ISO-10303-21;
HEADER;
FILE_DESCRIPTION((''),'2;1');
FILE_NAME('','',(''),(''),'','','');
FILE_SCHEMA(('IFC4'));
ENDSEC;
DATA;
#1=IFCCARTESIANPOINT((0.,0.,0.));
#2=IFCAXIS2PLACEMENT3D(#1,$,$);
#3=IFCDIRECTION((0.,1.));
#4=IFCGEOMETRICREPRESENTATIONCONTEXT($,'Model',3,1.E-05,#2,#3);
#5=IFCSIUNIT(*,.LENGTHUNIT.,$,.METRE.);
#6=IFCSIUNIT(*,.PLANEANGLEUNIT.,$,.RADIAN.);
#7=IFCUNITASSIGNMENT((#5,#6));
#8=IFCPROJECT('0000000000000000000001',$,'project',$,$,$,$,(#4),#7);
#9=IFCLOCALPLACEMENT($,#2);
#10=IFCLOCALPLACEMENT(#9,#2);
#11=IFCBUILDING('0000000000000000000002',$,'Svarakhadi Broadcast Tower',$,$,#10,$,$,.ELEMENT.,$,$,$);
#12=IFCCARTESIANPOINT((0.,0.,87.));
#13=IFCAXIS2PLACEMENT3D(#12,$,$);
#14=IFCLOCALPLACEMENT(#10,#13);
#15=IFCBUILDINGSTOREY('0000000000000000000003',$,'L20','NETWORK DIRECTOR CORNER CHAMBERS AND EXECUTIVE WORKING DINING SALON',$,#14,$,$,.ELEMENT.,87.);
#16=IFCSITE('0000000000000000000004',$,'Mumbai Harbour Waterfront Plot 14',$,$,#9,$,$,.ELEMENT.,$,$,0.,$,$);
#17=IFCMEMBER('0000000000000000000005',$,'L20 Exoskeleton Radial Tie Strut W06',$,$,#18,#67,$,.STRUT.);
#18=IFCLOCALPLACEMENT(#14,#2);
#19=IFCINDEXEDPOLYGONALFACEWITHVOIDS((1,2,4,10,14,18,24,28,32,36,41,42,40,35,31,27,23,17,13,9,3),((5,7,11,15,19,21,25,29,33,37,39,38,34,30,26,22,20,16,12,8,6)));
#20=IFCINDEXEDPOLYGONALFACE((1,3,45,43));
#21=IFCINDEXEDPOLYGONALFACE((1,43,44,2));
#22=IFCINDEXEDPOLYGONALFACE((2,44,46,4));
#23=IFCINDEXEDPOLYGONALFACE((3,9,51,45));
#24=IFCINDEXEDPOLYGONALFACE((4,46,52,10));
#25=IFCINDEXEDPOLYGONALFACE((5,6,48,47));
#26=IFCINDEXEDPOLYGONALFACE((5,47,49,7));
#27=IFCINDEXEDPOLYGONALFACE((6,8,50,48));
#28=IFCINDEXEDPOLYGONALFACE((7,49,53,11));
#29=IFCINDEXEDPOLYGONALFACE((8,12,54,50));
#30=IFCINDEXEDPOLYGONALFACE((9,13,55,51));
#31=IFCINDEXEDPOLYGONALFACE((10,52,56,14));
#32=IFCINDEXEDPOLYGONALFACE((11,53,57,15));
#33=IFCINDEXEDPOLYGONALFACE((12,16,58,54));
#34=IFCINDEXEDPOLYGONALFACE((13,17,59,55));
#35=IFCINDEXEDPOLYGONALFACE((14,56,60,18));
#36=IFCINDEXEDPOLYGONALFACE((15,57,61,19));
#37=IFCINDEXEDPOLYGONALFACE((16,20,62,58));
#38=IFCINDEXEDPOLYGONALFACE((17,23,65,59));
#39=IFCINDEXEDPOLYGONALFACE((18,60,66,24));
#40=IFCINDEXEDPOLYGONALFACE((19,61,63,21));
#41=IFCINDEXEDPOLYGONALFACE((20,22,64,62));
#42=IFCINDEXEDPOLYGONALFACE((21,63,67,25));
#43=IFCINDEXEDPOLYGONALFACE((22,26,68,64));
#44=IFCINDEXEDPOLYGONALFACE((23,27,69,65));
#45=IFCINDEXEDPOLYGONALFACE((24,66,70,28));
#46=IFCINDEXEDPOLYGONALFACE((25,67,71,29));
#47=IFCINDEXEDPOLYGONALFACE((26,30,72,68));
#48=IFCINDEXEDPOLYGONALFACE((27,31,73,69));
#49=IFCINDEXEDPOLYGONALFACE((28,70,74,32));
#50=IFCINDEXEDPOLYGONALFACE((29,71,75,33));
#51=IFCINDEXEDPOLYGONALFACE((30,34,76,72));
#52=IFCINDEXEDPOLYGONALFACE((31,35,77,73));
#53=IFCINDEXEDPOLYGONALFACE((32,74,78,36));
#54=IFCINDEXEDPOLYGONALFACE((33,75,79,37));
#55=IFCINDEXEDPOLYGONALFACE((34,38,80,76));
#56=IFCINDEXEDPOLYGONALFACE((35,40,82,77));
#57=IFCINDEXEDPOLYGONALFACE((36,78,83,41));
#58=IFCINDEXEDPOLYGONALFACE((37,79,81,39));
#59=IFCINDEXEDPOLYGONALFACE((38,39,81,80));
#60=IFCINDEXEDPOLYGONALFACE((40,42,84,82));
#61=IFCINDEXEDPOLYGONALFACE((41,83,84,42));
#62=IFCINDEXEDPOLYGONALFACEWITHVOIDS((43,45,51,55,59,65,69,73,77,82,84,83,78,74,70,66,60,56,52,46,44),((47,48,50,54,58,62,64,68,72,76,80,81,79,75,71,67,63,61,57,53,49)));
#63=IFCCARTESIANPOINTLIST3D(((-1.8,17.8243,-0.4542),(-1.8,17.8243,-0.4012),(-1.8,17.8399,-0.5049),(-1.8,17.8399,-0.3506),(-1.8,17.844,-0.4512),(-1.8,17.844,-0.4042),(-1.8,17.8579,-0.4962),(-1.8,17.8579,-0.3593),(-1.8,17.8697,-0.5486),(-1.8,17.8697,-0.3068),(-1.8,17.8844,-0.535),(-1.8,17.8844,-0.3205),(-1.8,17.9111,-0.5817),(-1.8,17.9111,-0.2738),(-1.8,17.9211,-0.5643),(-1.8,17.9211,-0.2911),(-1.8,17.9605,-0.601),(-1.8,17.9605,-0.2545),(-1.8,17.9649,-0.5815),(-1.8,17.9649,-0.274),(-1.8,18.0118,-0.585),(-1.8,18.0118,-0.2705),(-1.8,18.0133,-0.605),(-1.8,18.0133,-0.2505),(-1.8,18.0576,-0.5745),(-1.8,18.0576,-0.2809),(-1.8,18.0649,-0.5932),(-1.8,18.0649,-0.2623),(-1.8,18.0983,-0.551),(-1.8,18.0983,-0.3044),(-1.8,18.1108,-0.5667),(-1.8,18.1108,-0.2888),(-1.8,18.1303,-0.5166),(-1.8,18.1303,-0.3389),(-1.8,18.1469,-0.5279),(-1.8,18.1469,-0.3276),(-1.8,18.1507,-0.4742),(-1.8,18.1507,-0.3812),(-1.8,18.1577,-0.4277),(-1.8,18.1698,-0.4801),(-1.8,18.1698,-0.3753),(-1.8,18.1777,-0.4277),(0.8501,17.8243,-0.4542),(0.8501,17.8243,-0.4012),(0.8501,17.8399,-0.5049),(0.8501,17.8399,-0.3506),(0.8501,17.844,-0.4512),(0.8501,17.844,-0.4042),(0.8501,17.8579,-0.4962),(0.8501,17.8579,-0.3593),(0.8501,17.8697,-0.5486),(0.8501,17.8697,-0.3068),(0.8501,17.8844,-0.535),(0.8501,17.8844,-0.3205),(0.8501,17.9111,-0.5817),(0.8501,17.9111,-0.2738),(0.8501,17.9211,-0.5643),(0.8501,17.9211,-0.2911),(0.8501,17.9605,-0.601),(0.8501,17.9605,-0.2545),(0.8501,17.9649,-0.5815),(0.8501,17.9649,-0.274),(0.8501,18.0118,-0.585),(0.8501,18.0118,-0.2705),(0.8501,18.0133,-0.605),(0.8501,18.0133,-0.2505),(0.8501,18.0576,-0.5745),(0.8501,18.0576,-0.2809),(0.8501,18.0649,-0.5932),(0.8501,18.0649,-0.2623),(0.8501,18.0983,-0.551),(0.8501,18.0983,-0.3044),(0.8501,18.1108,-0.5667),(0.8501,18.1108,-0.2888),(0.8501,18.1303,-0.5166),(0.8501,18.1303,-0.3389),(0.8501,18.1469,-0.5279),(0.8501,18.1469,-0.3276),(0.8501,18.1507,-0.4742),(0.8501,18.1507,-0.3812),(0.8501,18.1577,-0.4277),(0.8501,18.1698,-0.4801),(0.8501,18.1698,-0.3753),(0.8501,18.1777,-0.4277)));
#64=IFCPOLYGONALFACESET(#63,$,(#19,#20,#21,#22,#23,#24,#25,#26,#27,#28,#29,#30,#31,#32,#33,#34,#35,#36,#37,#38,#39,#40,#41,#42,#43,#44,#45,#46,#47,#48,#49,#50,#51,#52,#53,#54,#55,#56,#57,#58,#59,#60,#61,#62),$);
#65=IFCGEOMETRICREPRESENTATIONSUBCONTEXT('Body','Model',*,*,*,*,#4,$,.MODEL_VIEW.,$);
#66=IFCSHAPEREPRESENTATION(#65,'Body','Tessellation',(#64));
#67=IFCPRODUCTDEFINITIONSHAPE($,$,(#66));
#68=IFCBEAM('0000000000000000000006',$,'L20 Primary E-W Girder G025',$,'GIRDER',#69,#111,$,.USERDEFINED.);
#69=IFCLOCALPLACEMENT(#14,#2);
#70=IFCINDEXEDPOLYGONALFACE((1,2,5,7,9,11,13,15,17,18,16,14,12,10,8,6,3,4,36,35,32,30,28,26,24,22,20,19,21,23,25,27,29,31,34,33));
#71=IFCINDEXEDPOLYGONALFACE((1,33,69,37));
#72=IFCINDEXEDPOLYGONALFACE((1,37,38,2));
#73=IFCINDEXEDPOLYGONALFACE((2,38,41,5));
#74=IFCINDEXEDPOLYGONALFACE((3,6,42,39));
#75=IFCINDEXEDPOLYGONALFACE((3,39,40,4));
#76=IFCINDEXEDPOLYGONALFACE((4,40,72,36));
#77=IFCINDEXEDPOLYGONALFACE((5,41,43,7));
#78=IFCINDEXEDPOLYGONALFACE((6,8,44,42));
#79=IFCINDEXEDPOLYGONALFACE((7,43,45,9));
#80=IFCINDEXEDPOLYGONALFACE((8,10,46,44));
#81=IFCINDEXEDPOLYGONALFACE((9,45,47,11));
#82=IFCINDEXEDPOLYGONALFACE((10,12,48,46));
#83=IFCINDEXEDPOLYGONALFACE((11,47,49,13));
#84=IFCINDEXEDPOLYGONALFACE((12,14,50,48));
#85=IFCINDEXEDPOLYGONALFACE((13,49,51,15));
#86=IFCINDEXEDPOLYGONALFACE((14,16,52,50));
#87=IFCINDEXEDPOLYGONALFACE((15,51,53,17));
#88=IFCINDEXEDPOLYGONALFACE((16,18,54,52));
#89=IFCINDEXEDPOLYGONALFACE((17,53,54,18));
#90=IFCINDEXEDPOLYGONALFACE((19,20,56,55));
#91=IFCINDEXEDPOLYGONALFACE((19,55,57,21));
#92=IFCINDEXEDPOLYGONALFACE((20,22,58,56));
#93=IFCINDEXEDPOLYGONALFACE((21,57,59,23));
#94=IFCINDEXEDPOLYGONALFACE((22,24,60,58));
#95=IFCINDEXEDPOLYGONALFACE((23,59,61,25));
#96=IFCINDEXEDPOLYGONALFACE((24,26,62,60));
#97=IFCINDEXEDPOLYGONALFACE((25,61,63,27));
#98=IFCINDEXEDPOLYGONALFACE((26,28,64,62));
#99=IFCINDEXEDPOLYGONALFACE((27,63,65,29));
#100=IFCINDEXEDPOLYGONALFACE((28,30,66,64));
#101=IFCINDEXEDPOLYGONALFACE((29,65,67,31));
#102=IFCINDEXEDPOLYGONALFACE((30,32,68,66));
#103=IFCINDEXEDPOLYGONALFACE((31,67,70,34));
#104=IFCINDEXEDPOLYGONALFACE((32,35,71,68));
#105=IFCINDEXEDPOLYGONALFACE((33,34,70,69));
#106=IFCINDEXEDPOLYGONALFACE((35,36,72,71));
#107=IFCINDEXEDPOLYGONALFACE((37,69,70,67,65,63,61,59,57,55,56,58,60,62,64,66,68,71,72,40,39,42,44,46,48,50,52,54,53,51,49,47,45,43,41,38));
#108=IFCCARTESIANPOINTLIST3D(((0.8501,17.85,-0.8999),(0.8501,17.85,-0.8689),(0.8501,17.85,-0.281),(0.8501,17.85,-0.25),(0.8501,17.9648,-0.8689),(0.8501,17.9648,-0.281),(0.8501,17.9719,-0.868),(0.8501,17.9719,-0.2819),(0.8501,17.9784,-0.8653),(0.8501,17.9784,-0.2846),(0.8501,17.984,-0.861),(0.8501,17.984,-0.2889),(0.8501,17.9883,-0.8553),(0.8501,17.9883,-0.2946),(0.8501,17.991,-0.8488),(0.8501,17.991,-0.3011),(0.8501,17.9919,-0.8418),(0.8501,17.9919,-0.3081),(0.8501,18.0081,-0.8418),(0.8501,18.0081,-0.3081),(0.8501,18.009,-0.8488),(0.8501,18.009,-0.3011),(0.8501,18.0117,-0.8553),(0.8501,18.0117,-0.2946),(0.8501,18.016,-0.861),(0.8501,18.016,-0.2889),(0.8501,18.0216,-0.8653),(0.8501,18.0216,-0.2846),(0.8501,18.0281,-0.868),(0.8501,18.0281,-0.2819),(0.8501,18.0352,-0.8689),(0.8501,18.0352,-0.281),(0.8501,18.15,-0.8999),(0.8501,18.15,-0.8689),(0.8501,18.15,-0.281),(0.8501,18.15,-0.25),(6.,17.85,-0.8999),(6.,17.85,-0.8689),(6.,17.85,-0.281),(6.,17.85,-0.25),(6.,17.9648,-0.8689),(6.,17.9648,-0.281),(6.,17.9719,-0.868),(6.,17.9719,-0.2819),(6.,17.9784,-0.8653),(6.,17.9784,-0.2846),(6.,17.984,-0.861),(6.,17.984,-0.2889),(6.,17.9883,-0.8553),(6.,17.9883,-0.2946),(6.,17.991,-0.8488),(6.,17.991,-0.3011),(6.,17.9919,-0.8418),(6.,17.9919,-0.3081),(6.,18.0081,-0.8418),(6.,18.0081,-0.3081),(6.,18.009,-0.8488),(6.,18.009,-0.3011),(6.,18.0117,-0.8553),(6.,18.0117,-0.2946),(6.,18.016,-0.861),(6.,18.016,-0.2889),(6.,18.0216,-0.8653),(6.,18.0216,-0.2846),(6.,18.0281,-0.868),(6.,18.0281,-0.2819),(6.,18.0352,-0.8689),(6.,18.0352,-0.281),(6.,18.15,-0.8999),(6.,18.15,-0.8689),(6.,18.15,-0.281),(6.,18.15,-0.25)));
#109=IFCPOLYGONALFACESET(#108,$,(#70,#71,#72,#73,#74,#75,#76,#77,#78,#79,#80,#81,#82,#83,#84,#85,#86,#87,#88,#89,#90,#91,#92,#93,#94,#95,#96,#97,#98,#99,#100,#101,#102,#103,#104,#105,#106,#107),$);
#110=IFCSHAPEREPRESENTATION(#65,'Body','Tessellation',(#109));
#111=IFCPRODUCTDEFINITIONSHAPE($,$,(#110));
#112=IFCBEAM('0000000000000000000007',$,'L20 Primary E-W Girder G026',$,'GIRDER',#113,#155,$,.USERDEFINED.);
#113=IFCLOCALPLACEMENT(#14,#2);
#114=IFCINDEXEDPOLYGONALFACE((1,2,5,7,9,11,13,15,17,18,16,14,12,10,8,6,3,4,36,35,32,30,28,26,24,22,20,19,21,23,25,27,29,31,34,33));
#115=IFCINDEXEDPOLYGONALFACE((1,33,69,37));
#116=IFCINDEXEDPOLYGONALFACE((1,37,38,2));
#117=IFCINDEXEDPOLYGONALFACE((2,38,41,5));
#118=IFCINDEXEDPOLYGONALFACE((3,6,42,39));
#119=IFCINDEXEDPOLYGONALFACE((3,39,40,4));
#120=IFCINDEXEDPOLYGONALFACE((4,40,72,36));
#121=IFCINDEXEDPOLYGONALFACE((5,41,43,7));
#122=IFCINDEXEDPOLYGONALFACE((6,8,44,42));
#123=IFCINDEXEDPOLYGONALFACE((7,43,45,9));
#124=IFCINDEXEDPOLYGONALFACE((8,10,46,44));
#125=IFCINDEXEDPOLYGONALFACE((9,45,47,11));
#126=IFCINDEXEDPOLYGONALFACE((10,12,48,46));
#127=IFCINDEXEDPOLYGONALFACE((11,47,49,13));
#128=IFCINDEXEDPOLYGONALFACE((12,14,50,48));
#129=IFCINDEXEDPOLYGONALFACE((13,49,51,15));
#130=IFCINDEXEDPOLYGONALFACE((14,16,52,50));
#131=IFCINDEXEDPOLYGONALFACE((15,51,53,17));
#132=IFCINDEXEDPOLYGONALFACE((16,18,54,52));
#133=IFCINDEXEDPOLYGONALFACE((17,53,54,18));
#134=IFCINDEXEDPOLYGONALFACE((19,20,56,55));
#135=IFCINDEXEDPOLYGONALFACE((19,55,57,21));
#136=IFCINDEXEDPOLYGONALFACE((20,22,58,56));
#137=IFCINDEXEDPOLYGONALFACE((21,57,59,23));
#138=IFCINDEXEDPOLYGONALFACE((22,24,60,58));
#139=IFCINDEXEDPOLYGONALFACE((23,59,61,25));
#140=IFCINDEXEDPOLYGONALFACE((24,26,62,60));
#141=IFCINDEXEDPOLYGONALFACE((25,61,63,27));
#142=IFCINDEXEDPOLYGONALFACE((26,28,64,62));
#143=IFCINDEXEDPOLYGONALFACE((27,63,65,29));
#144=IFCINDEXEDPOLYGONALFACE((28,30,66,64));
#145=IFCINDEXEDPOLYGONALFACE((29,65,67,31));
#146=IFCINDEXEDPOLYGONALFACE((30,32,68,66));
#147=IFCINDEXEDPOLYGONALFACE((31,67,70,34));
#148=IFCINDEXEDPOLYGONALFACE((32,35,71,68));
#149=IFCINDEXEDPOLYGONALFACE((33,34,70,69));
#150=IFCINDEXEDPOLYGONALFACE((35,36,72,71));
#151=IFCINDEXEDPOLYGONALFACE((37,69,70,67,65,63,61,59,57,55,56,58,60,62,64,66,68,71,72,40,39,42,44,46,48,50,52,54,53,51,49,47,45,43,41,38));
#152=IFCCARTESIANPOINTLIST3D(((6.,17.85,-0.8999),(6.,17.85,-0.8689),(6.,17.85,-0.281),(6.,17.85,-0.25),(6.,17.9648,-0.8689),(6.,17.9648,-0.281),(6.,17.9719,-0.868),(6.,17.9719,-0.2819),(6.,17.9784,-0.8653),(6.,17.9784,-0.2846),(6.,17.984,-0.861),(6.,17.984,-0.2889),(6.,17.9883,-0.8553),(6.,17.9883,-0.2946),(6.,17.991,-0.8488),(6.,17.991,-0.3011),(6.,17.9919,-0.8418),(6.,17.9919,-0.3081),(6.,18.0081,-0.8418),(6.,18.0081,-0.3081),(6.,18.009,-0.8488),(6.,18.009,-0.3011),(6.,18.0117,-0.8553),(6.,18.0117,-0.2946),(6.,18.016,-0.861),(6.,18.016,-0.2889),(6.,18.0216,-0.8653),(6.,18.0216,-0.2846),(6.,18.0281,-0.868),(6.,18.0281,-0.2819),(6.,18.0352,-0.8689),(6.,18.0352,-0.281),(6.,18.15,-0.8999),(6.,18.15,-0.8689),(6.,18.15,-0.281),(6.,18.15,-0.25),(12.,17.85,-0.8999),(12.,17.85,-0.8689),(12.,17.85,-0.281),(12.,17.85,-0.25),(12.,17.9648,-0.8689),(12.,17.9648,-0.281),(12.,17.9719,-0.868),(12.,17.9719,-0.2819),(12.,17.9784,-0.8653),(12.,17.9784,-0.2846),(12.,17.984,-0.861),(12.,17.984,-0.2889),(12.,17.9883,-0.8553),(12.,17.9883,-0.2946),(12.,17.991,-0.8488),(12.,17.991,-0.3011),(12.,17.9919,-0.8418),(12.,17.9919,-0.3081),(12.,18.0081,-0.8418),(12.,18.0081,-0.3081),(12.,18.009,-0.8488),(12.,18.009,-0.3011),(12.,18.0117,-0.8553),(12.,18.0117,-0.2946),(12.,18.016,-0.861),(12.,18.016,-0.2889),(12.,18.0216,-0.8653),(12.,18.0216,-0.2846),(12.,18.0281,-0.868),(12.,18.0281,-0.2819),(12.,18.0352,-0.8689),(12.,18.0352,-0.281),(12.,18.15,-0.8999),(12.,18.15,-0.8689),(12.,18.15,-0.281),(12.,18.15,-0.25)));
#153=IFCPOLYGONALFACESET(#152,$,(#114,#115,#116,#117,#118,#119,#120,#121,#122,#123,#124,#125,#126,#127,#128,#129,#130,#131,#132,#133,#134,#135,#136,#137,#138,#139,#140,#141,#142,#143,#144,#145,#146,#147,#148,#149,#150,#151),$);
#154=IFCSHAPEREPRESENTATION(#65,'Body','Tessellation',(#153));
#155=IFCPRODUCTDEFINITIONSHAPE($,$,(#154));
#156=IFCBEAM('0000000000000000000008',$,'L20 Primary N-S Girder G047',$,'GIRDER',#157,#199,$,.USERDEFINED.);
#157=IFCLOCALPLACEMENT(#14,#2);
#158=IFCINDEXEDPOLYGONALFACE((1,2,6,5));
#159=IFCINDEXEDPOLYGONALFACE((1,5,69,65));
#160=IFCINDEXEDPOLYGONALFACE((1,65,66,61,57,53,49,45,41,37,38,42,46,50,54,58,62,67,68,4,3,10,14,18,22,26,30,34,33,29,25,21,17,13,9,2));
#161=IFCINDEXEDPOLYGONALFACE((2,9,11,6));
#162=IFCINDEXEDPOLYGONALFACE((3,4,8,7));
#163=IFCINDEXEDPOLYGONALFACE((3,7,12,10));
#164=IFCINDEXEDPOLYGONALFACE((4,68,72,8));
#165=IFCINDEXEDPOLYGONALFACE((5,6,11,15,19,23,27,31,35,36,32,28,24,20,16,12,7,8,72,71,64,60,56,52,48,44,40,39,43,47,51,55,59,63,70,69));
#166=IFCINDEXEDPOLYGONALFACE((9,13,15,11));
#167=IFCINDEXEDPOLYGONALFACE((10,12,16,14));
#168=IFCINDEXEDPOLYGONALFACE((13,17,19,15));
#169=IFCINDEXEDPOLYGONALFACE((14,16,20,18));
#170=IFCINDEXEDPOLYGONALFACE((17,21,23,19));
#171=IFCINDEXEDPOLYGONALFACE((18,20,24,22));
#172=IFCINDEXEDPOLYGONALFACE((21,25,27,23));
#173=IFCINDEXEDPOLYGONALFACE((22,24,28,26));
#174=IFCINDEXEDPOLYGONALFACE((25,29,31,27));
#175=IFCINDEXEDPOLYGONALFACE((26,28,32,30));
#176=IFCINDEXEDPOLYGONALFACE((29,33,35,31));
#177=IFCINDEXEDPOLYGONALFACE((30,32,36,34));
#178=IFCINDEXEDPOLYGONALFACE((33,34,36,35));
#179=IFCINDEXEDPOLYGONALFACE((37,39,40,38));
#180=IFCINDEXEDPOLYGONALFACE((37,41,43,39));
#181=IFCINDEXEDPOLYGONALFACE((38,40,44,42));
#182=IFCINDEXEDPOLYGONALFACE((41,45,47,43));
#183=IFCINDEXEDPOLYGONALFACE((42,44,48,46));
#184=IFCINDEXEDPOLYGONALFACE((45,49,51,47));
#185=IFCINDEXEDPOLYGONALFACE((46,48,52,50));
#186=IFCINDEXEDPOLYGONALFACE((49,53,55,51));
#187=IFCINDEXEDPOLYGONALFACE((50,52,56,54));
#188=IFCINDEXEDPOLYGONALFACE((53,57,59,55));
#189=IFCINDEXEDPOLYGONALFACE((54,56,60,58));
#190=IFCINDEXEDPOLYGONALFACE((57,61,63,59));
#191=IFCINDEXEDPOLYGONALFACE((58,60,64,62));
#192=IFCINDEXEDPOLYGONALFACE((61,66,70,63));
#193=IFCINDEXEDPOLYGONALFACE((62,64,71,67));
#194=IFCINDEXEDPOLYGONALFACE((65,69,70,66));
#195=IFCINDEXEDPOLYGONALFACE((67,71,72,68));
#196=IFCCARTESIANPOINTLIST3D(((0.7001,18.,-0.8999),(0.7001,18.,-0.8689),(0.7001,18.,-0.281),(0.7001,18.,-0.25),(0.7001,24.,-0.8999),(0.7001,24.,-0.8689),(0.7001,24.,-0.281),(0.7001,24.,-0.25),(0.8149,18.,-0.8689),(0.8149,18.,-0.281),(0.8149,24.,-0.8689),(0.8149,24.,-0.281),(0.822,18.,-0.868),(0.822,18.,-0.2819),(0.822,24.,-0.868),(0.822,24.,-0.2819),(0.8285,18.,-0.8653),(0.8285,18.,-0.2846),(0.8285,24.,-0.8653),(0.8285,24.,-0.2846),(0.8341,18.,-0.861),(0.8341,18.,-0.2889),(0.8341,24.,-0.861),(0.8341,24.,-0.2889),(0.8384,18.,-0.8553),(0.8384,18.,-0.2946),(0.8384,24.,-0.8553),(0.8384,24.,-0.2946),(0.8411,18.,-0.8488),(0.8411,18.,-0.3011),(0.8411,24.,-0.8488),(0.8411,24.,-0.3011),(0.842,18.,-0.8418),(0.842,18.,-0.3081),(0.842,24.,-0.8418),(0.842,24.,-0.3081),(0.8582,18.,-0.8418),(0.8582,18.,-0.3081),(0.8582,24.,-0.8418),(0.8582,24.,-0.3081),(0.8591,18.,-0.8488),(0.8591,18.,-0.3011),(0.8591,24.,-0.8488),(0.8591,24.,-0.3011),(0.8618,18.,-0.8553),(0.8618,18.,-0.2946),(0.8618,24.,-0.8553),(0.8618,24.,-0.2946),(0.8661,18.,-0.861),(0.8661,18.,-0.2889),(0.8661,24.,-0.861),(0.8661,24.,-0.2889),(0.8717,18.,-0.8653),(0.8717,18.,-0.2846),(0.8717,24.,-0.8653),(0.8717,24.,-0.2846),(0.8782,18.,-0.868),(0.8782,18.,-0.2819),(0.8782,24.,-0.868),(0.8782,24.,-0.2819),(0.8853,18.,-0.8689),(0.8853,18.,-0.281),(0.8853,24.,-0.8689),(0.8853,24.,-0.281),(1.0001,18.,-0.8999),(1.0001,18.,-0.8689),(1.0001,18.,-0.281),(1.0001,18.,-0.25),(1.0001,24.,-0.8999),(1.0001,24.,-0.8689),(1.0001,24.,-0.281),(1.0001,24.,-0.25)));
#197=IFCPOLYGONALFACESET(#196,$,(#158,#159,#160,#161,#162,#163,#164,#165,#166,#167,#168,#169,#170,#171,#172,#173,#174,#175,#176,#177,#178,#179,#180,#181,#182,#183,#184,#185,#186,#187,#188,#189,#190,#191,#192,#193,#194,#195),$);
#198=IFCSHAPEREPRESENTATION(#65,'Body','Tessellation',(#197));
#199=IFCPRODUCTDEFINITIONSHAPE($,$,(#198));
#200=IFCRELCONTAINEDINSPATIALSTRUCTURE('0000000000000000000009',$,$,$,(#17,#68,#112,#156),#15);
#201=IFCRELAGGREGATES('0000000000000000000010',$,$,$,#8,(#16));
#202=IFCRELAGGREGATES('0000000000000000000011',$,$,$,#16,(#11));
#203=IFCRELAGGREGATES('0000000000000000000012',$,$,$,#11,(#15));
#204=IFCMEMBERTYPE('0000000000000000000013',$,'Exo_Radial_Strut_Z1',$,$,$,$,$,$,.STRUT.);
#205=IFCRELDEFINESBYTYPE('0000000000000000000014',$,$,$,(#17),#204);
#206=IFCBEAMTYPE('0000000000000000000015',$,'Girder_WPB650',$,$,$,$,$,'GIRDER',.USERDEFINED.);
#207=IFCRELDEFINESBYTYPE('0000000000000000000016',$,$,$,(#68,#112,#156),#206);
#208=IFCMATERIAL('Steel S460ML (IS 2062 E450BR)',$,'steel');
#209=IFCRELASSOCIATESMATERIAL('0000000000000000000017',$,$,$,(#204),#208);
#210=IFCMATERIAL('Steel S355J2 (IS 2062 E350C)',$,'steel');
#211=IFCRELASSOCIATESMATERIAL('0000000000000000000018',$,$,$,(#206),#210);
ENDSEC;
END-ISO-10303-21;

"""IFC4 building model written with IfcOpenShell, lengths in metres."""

from ifc_helpers import new_model, si_unit, direction, frame, origin, origin_2d, place, context, subcontext, project, spatial, hollow_circle, i_section, extrude, material, material_profile, profile_set, type_object, element, save


model = new_model("IFC4")

# Units and contexts
model_context = context("Model", 3, precision=1e-05, world=origin(), true_north=direction((0.0, 1.0)))
body_context = subcontext(model_context, "Body", "Model", "MODEL_VIEW")
ifc_project = project(units=[si_unit("LENGTHUNIT", "METRE"), si_unit("PLANEANGLEUNIT", "RADIAN")], contexts=[model_context])

# Site, building, storey
site_placement = place(None, origin())
site = spatial("IfcSite", under=ifc_project, at=site_placement, Name="Mumbai Harbour Waterfront Plot 14", CompositionType="ELEMENT", RefElevation=0.0)
building_placement = place(site_placement, origin())
building = spatial("IfcBuilding", under=site, at=building_placement, Name="Svarakhadi Broadcast Tower", CompositionType="ELEMENT")
storey_placement = place(building_placement, frame((0.0, 0.0, 87.0)))
storey = spatial("IfcBuildingStorey", under=building, at=storey_placement, Name="L20", Description="NETWORK DIRECTOR CORNER CHAMBERS AND EXECUTIVE WORKING DINING SALON", CompositionType="ELEMENT", Elevation=87.0)

# Shared definitions
ifc_material_1 = material(Name="Steel S460ML (IS 2062 E450BR)", Category="steel")

# Shared definitions
ifc_material_2 = material(Name="Steel S355J2 (IS 2062 E350C)", Category="steel")

# Member
ifc_material_profile_1 = material_profile(ifc_material_1, hollow_circle(Radius=0.1777, WallThickness=0.02, at=origin_2d()), Name="CHS 355.6x20")
ifc_profile_set_1 = profile_set([ifc_material_profile_1], Name="Steel S460ML (IS 2062 E450BR)")
member_type_1 = type_object("IfcMemberType", Name="Exo_Radial_Strut_Z1", PredefinedType="STRUT", material=ifc_profile_set_1)
member_1_placement = place(storey_placement, frame((-1.8, 18.0, -0.4277), z_axis=(1.0, 0.0, 0.0), x_axis=(0.0, 1.0, 0.0)))
element("IfcMember", 1, at=member_1_placement, inside=storey, type_object=member_type_1, Name="L20 Exoskeleton Radial Tie Strut W06", PredefinedType="STRUT", context=body_context, shape_type="SweptSolid", body=[
    extrude(hollow_circle(Radius=0.1777, WallThickness=0.02, at=origin_2d()), origin(), (0.0, 0.0, 1.0), 2.6501),
])

# Beams
ifc_material_profile_2 = material_profile(ifc_material_2, i_section(OverallWidth=0.3, OverallDepth=0.6499, WebThickness=0.0161, FlangeThickness=0.031, FilletRadius=0.0271, at=origin_2d()), Name="WPB 650x300x225")
ifc_profile_set_2 = profile_set([ifc_material_profile_2], Name="Steel S355J2 (IS 2062 E350C)")
beam_type_1 = type_object("IfcBeamType", Name="Girder_WPB650", ElementType="GIRDER", PredefinedType="USERDEFINED", material=ifc_profile_set_2)
beam_1_placement = place(storey_placement, frame((0.8501, 18.0, -0.575), z_axis=(1.0, 0.0, 0.0), x_axis=(0.0, 1.0, 0.0)))
element("IfcBeam", 2, at=beam_1_placement, inside=storey, type_object=beam_type_1, Name="L20 Primary E-W Girder G025", ObjectType="GIRDER", PredefinedType="USERDEFINED", context=body_context, shape_type="SweptSolid", body=[
    extrude(i_section(OverallWidth=0.3, OverallDepth=0.6499, WebThickness=0.0161, FlangeThickness=0.031, FilletRadius=0.0271, at=origin_2d()), origin(), (0.0, 0.0, 1.0), 5.1499),
])
for number, where, z_axis, x_axis, name in (
    (3, (6.0, 18.0, -0.575), (1.0, 0.0, 0.0), (0.0, 1.0, 0.0), "L20 Primary E-W Girder G026"),
    (4, (0.8501, 18.0, -0.575), (0.0, 1.0, 0.0), (-1.0, 0.0, 0.0), "L20 Primary N-S Girder G047"),
):
    element("IfcBeam", number, at=place(storey_placement, frame(where, z_axis=z_axis, x_axis=x_axis)), inside=storey, type_object=beam_type_1, Name=name, ObjectType="GIRDER", PredefinedType="USERDEFINED", context=body_context, shape_type="SweptSolid", body=[
        extrude(i_section(OverallWidth=0.3, OverallDepth=0.6499, WebThickness=0.0161, FlangeThickness=0.031, FilletRadius=0.0271, at=origin_2d()), origin(), (0.0, 0.0, 1.0), 6.0),
    ])

save(model, "model.ifc")
